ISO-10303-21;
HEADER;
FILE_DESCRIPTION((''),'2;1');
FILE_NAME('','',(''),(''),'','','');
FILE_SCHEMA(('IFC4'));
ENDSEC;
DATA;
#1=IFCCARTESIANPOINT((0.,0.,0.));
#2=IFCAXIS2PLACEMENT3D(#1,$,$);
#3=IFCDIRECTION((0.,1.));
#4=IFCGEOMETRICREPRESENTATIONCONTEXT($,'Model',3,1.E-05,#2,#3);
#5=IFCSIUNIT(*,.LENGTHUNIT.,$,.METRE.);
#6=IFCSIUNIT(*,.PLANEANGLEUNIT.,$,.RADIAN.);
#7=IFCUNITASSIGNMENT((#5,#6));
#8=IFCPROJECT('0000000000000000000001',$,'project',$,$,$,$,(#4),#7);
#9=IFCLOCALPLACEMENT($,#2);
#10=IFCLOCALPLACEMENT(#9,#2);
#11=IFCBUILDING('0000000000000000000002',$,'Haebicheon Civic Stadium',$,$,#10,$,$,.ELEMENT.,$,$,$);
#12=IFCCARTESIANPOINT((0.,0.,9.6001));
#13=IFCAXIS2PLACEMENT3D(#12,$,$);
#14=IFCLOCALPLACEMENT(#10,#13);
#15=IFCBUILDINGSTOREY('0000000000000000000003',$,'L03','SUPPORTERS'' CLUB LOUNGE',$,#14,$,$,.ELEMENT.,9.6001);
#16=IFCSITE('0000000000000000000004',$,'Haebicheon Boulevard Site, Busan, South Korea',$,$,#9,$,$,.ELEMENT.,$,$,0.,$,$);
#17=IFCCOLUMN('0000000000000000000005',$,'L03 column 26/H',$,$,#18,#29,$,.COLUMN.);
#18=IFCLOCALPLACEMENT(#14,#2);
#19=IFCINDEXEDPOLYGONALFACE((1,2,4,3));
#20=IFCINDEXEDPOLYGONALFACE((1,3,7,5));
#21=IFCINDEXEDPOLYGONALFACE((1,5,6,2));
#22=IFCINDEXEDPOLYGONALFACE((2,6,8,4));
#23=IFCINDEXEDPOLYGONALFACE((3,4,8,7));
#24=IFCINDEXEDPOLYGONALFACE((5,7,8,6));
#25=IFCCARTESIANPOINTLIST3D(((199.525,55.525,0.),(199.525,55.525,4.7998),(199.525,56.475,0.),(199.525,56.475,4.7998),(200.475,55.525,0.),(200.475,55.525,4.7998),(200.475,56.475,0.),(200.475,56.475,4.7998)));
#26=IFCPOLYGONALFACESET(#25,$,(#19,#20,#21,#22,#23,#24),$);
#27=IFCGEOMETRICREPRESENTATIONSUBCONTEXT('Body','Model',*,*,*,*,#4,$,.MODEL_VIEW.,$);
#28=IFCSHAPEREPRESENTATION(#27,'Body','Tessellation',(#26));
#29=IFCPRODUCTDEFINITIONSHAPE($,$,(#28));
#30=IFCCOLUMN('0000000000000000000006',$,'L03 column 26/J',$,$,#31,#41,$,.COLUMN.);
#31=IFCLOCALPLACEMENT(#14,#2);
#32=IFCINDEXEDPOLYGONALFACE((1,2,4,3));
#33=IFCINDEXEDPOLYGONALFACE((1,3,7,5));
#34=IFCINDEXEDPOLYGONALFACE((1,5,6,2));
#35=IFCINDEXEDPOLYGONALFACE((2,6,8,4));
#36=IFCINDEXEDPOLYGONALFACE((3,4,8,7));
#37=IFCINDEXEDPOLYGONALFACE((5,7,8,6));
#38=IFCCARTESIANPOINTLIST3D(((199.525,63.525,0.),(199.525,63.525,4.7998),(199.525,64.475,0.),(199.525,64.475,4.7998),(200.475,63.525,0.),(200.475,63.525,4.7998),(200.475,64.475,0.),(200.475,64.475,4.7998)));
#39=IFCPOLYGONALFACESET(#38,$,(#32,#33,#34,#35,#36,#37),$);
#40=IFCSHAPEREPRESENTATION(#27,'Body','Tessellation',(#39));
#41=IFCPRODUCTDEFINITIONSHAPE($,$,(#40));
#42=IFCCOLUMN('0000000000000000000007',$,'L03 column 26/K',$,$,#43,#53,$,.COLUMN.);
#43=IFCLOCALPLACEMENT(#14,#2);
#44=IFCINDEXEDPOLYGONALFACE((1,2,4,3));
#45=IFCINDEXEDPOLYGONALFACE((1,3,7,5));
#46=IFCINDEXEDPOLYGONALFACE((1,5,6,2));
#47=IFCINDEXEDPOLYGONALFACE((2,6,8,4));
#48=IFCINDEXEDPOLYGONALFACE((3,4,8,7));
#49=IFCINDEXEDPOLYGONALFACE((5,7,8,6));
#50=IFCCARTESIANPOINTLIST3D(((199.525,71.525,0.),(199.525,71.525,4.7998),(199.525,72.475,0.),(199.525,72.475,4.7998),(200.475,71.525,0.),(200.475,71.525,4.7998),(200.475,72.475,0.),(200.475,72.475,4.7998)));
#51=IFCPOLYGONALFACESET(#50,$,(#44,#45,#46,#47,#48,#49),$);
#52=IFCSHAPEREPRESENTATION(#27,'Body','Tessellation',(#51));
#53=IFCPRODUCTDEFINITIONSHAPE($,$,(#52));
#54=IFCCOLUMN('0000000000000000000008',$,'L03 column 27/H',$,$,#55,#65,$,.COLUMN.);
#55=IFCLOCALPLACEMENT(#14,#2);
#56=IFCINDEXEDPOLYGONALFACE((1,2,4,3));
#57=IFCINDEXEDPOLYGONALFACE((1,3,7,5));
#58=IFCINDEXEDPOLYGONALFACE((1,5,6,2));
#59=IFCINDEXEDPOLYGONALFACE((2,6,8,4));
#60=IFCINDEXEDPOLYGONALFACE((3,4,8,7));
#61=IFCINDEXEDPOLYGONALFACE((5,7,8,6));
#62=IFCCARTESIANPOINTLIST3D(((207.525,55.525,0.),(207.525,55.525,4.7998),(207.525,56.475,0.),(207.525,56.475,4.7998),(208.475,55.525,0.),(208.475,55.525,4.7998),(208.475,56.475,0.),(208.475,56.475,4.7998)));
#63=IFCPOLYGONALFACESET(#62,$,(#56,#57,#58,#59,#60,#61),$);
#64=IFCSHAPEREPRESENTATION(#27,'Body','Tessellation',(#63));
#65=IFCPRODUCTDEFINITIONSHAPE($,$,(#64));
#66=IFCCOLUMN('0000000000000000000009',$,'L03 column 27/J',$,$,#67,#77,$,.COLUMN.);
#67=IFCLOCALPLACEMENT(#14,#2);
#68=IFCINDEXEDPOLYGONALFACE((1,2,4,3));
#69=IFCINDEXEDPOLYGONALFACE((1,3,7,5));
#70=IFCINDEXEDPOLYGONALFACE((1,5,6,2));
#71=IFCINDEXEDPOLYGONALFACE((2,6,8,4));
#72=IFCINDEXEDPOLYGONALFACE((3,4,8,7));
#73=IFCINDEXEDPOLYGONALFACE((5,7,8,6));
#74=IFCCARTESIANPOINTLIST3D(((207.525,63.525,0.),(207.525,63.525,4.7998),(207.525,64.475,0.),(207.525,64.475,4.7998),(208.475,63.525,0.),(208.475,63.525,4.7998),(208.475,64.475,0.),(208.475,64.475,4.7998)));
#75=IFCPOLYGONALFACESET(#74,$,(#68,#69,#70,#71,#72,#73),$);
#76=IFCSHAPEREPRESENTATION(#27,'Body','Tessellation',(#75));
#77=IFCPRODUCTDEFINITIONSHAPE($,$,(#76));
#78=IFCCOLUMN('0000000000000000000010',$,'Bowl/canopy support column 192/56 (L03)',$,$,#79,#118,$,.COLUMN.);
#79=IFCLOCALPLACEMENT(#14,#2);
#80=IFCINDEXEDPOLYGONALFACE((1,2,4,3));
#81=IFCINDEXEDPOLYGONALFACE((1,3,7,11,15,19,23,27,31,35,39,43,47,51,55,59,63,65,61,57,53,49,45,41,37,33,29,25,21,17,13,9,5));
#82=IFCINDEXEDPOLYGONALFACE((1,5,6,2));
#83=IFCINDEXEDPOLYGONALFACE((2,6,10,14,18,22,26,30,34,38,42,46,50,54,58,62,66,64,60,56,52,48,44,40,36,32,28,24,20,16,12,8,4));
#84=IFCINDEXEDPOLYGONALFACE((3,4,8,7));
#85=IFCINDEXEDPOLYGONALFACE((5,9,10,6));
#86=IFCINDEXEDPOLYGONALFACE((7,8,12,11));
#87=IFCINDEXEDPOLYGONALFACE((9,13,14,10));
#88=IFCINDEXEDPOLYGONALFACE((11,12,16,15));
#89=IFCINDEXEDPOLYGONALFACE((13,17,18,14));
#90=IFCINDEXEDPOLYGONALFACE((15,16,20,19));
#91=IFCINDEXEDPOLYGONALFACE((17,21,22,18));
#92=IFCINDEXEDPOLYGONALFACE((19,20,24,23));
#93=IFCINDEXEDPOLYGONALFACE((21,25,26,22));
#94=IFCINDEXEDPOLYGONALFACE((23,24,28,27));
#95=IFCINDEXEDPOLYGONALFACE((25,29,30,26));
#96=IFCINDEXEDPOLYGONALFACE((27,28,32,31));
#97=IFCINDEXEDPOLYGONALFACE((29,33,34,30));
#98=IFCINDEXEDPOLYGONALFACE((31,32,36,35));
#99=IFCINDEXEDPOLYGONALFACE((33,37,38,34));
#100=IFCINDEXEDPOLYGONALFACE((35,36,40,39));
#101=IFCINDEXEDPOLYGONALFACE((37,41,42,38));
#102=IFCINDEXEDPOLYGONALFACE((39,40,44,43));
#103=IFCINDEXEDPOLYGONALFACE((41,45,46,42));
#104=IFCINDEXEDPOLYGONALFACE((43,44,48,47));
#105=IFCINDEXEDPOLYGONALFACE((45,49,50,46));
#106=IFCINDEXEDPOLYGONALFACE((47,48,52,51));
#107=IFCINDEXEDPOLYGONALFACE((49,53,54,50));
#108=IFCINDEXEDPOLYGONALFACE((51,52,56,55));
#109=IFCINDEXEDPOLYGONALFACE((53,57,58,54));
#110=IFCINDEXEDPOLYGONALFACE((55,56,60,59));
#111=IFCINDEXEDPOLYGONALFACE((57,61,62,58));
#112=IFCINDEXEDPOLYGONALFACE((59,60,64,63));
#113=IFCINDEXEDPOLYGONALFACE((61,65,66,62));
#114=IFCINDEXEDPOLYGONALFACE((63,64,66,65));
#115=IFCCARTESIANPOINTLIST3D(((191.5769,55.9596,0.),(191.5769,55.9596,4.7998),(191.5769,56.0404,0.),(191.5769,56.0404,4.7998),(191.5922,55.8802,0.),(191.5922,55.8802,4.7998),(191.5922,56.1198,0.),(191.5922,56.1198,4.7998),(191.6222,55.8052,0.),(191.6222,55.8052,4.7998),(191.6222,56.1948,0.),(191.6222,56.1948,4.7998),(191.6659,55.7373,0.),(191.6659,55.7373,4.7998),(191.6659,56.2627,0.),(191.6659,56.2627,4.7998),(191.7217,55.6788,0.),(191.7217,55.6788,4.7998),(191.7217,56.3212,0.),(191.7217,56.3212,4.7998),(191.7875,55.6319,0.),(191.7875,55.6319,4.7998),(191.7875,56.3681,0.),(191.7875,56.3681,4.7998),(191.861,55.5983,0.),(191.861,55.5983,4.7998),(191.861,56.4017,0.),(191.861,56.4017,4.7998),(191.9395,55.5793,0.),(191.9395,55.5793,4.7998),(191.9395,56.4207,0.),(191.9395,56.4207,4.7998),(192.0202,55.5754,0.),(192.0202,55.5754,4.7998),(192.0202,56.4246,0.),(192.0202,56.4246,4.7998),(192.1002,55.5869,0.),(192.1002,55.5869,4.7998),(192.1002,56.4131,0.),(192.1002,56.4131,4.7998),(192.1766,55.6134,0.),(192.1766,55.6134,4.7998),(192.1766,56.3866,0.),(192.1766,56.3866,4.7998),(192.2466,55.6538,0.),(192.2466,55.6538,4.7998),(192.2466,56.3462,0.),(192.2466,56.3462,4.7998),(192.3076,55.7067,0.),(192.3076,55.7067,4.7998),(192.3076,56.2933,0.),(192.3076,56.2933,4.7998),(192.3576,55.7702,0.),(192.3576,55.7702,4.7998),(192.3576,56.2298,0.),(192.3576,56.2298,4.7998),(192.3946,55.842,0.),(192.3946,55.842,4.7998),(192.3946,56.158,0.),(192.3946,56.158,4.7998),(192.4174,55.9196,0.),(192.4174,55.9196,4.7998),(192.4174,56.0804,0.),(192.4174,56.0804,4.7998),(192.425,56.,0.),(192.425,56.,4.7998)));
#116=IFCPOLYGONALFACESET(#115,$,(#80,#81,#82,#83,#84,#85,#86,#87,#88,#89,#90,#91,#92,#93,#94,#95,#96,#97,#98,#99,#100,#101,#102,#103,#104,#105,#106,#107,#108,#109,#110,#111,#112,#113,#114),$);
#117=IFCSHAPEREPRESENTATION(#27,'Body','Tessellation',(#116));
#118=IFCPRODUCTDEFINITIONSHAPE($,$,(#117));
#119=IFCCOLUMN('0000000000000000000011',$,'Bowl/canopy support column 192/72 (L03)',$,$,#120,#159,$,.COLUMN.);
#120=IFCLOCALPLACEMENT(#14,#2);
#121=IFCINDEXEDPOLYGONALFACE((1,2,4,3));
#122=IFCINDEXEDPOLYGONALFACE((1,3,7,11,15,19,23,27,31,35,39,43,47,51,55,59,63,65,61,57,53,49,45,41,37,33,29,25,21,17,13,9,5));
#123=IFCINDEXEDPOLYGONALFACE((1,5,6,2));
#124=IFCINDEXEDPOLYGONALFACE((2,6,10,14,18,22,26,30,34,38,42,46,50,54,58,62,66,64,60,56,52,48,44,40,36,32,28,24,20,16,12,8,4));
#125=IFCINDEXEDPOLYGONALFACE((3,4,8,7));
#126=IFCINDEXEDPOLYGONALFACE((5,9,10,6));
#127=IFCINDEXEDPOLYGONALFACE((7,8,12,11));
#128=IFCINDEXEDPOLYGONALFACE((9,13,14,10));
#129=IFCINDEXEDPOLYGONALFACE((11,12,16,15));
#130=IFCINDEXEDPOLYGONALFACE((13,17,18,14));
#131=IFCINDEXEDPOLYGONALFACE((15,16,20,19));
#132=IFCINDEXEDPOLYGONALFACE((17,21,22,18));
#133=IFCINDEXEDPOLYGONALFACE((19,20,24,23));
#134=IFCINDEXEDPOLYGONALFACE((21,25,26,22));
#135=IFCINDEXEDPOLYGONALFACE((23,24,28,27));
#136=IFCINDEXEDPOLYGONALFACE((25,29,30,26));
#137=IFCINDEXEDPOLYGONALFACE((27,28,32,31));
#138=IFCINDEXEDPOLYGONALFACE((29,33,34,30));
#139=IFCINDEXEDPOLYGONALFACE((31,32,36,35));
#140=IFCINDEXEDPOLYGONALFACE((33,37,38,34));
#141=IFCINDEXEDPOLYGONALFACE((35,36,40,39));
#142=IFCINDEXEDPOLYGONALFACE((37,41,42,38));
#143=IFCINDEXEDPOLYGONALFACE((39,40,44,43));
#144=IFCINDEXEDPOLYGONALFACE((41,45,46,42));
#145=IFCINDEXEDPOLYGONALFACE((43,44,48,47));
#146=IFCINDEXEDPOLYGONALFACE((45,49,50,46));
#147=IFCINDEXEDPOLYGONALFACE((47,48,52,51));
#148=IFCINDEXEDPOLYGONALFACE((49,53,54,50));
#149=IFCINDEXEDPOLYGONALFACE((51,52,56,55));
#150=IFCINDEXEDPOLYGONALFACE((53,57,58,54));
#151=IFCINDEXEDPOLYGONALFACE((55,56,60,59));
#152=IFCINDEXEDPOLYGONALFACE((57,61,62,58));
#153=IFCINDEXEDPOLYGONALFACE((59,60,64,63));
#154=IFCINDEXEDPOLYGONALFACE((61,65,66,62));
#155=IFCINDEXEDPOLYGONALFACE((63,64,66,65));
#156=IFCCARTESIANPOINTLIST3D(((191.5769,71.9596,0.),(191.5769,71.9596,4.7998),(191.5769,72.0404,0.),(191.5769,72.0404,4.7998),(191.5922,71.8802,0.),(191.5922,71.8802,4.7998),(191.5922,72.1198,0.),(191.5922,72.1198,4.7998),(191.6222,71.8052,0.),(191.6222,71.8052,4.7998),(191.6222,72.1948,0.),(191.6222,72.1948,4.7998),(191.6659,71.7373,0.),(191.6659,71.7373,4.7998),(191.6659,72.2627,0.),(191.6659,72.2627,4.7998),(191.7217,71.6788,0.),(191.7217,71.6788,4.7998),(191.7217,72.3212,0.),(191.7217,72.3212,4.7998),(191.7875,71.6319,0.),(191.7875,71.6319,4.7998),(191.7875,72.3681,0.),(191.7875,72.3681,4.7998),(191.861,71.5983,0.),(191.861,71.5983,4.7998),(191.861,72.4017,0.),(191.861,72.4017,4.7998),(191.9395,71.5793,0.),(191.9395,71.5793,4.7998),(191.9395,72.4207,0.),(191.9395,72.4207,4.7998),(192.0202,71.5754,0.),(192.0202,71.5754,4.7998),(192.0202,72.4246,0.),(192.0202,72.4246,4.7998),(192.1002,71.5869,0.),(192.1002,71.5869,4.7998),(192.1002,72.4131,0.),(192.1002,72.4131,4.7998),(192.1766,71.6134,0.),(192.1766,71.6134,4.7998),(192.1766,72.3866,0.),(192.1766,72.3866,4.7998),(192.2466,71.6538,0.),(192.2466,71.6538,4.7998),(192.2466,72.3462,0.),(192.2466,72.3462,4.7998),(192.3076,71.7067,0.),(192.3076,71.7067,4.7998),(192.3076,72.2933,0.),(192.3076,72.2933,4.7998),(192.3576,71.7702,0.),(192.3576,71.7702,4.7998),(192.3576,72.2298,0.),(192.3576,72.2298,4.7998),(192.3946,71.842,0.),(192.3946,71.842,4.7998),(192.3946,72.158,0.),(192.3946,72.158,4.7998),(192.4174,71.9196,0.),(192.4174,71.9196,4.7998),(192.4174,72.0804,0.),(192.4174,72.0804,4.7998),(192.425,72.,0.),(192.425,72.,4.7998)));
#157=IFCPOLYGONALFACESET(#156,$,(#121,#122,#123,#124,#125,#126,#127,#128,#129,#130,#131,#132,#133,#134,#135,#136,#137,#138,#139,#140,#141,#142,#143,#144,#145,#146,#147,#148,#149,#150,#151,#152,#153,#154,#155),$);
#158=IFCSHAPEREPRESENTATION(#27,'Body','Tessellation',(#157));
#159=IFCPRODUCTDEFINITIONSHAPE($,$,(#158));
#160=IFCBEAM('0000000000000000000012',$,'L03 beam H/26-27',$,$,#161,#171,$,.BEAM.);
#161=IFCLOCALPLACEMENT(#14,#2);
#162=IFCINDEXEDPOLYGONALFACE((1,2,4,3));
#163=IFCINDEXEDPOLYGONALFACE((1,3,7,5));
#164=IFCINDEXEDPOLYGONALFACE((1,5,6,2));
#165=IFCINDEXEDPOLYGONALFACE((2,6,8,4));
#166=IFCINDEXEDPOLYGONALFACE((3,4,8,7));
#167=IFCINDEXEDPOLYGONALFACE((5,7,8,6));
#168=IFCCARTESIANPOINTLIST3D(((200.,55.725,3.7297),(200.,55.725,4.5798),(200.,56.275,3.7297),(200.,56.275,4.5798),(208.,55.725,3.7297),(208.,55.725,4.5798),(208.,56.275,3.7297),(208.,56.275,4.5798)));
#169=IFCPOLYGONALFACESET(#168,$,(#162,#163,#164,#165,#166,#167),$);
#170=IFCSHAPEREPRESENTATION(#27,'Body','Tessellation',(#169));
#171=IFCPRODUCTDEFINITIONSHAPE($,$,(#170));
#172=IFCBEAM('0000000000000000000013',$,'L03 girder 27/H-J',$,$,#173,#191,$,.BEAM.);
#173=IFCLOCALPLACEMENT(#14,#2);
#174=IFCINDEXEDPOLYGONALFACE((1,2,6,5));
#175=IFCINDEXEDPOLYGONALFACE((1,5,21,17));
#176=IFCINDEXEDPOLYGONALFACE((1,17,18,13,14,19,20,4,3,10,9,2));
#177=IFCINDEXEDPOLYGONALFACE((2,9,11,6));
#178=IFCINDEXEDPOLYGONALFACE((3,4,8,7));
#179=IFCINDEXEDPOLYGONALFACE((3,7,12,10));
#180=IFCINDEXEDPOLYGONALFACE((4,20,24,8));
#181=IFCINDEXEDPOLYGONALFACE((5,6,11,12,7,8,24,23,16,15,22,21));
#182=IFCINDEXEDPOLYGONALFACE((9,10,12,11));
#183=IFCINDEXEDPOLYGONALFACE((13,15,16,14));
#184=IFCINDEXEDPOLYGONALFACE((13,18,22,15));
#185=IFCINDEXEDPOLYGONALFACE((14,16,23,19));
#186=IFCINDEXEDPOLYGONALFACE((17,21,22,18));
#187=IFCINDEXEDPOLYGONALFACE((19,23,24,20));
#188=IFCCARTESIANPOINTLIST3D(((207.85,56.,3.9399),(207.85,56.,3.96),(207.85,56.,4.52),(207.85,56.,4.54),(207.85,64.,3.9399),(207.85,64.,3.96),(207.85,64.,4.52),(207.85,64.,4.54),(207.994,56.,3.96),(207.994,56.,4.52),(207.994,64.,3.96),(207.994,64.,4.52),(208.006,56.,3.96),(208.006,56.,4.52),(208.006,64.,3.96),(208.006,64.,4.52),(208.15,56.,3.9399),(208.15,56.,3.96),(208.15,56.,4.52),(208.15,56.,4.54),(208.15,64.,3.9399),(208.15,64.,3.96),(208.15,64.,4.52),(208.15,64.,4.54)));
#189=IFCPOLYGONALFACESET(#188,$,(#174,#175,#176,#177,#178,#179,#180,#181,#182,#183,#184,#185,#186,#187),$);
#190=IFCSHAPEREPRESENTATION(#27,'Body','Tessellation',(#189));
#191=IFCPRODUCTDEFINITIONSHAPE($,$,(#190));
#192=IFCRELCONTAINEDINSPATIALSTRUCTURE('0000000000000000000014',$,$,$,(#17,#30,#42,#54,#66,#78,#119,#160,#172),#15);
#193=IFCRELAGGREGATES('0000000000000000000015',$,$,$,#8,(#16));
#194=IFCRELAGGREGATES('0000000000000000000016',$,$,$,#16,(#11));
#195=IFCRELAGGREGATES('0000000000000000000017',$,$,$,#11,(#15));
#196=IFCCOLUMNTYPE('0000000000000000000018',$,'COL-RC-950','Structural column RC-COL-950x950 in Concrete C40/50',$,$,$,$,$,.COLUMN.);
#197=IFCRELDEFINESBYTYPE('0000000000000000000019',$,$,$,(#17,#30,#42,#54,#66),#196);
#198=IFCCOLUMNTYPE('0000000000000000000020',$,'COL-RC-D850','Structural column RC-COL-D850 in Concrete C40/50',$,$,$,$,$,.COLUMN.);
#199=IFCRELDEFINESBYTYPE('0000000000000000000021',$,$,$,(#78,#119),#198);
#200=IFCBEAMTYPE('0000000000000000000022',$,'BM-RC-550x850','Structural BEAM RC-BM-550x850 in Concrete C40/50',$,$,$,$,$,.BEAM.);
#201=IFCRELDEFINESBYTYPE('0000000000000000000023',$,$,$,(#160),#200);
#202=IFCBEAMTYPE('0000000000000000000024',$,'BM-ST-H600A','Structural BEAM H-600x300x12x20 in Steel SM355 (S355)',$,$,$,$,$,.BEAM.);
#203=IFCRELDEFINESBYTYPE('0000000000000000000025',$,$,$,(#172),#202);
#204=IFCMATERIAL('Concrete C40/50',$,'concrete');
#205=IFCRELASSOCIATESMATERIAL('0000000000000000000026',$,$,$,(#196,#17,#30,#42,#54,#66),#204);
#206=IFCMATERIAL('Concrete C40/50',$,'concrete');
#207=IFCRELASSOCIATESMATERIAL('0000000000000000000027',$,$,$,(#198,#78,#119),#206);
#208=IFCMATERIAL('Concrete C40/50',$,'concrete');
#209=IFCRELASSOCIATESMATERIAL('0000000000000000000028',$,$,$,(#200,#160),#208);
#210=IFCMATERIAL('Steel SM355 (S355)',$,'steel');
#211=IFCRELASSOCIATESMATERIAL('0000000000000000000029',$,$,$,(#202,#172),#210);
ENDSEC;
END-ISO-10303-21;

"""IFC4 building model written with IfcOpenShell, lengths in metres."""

from ifc_helpers import new_model, si_unit, direction, frame, origin, origin_2d, place, context, subcontext, project, spatial, rectangle, circle, i_section, extrude, material, material_profile, profile_set, type_object, element, save


model = new_model("IFC4")

# Units and contexts
model_context = context("Model", 3, precision=1e-05, world=origin(), true_north=direction((0.0, 1.0)))
body_context = subcontext(model_context, "Body", "Model", "MODEL_VIEW")
ifc_project = project(units=[si_unit("LENGTHUNIT", "METRE"), si_unit("PLANEANGLEUNIT", "RADIAN")], contexts=[model_context])

# Site, building, storey
site_placement = place(None, origin())
site = spatial("IfcSite", under=ifc_project, at=site_placement, Name="Haebicheon Boulevard Site, Busan, South Korea", CompositionType="ELEMENT", RefElevation=0.0)
building_placement = place(site_placement, origin())
building = spatial("IfcBuilding", under=site, at=building_placement, Name="Haebicheon Civic Stadium", CompositionType="ELEMENT")
storey_placement = place(building_placement, frame((0.0, 0.0, 9.6001)))
storey = spatial("IfcBuildingStorey", under=building, at=storey_placement, Name="L03", Description="SUPPORTERS' CLUB LOUNGE", CompositionType="ELEMENT", Elevation=9.6001)

# Columns
ifc_material_1 = material(Name="Concrete C40/50", Category="concrete")
ifc_material_profile_1 = material_profile(ifc_material_1, rectangle(XDim=0.95, YDim=0.95, at=origin_2d()), Name="RC-COL-950x950")
ifc_profile_set_1 = profile_set([ifc_material_profile_1], Name="Concrete C40/50")
column_type_1 = type_object("IfcColumnType", Name="COL-RC-950", Description="Structural column RC-COL-950x950 in Concrete C40/50", PredefinedType="COLUMN", material=ifc_profile_set_1)
for number, where, z_axis, x_axis, name in (
    (1, (200.0, 56.0, 0.0), (0.0, 0.0, 1.0), (1.0, 0.0, 0.0), "L03 column 26/H"),
    (2, (200.0, 64.0, 0.0), (0.0, 0.0, 1.0), (1.0, 0.0, 0.0), "L03 column 26/J"),
    (3, (200.0, 72.0, 0.0), (0.0, 0.0, 1.0), (1.0, 0.0, 0.0), "L03 column 26/K"),
    (4, (208.0, 56.0, 0.0), (0.0, 0.0, 1.0), (1.0, 0.0, 0.0), "L03 column 27/H"),
    (5, (208.0, 64.0, 0.0), (0.0, 0.0, 1.0), (1.0, 0.0, 0.0), "L03 column 27/J"),
):
    element("IfcColumn", number, at=place(storey_placement, frame(where, z_axis=z_axis, x_axis=x_axis)), inside=storey, type_object=column_type_1, material=ifc_profile_set_1, Name=name, PredefinedType="COLUMN", context=body_context, shape_type="SweptSolid", body=[
        extrude(rectangle(XDim=0.95, YDim=0.95, at=origin_2d()), origin(), (0.0, 0.0, 1.0), 4.7998),
    ])
ifc_material_2 = material(Name="Concrete C40/50", Category="concrete")
ifc_material_profile_2 = material_profile(ifc_material_2, circle(Radius=0.425, at=origin_2d()), Name="RC-COL-D850")
ifc_profile_set_2 = profile_set([ifc_material_profile_2], Name="Concrete C40/50")
column_type_2 = type_object("IfcColumnType", Name="COL-RC-D850", Description="Structural column RC-COL-D850 in Concrete C40/50", PredefinedType="COLUMN", material=ifc_profile_set_2)
for number, where, z_axis, x_axis, name in (
    (6, (192.0, 56.0, 0.0), (0.0, 0.0, 1.0), (1.0, 0.0, 0.0), "Bowl/canopy support column 192/56 (L03)"),
    (7, (192.0, 72.0, 0.0), (0.0, 0.0, 1.0), (1.0, 0.0, 0.0), "Bowl/canopy support column 192/72 (L03)"),
):
    element("IfcColumn", number, at=place(storey_placement, frame(where, z_axis=z_axis, x_axis=x_axis)), inside=storey, type_object=column_type_2, material=ifc_profile_set_2, Name=name, PredefinedType="COLUMN", context=body_context, shape_type="SweptSolid", body=[
        extrude(circle(Radius=0.425, at=origin_2d()), origin(), (0.0, 0.0, 1.0), 4.7998),
    ])

# Beams
ifc_material_3 = material(Name="Concrete C40/50", Category="concrete")
ifc_material_profile_3 = material_profile(ifc_material_3, rectangle(XDim=0.55, YDim=0.8501, at=origin_2d()), Name="RC-BM-550x850")
ifc_profile_set_3 = profile_set([ifc_material_profile_3], Name="Concrete C40/50")
beam_type_1 = type_object("IfcBeamType", Name="BM-RC-550x850", Description="Structural BEAM RC-BM-550x850 in Concrete C40/50", PredefinedType="BEAM", material=ifc_profile_set_3)
beam_placement = place(storey_placement, frame((200.0, 56.0, 4.1548), z_axis=(1.0, 0.0, 0.0), x_axis=(0.0, 1.0, 0.0)))
element("IfcBeam", 8, at=beam_placement, inside=storey, type_object=beam_type_1, material=ifc_profile_set_3, Name="L03 beam H/26-27", PredefinedType="BEAM", context=body_context, shape_type="SweptSolid", body=[
    extrude(rectangle(XDim=0.55, YDim=0.8501, at=origin_2d()), origin(), (0.0, 0.0, 1.0), 8.0),
])
ifc_material_4 = material(Name="Steel SM355 (S355)", Category="steel")
ifc_material_profile_4 = material_profile(ifc_material_4, i_section(OverallWidth=0.3, OverallDepth=0.6001, WebThickness=0.012, FlangeThickness=0.02, at=origin_2d()), Name="H-600x300x12x20")
ifc_profile_set_4 = profile_set([ifc_material_profile_4], Name="Steel SM355 (S355)")
beam_type_2 = type_object("IfcBeamType", Name="BM-ST-H600A", Description="Structural BEAM H-600x300x12x20 in Steel SM355 (S355)", PredefinedType="BEAM", material=ifc_profile_set_4)
for number, where, z_axis, x_axis, name in (
    (9, (208.0, 56.0, 4.24), (0.0, 1.0, 0.0), (-1.0, 0.0, 0.0), "L03 girder 27/H-J"),
):
    element("IfcBeam", number, at=place(storey_placement, frame(where, z_axis=z_axis, x_axis=x_axis)), inside=storey, type_object=beam_type_2, material=ifc_profile_set_4, Name=name, PredefinedType="BEAM", context=body_context, shape_type="SweptSolid", body=[
        extrude(i_section(OverallWidth=0.3, OverallDepth=0.6001, WebThickness=0.012, FlangeThickness=0.02, at=origin_2d()), origin(), (0.0, 0.0, 1.0), 8.0),
    ])

save(model, "model.ifc")
